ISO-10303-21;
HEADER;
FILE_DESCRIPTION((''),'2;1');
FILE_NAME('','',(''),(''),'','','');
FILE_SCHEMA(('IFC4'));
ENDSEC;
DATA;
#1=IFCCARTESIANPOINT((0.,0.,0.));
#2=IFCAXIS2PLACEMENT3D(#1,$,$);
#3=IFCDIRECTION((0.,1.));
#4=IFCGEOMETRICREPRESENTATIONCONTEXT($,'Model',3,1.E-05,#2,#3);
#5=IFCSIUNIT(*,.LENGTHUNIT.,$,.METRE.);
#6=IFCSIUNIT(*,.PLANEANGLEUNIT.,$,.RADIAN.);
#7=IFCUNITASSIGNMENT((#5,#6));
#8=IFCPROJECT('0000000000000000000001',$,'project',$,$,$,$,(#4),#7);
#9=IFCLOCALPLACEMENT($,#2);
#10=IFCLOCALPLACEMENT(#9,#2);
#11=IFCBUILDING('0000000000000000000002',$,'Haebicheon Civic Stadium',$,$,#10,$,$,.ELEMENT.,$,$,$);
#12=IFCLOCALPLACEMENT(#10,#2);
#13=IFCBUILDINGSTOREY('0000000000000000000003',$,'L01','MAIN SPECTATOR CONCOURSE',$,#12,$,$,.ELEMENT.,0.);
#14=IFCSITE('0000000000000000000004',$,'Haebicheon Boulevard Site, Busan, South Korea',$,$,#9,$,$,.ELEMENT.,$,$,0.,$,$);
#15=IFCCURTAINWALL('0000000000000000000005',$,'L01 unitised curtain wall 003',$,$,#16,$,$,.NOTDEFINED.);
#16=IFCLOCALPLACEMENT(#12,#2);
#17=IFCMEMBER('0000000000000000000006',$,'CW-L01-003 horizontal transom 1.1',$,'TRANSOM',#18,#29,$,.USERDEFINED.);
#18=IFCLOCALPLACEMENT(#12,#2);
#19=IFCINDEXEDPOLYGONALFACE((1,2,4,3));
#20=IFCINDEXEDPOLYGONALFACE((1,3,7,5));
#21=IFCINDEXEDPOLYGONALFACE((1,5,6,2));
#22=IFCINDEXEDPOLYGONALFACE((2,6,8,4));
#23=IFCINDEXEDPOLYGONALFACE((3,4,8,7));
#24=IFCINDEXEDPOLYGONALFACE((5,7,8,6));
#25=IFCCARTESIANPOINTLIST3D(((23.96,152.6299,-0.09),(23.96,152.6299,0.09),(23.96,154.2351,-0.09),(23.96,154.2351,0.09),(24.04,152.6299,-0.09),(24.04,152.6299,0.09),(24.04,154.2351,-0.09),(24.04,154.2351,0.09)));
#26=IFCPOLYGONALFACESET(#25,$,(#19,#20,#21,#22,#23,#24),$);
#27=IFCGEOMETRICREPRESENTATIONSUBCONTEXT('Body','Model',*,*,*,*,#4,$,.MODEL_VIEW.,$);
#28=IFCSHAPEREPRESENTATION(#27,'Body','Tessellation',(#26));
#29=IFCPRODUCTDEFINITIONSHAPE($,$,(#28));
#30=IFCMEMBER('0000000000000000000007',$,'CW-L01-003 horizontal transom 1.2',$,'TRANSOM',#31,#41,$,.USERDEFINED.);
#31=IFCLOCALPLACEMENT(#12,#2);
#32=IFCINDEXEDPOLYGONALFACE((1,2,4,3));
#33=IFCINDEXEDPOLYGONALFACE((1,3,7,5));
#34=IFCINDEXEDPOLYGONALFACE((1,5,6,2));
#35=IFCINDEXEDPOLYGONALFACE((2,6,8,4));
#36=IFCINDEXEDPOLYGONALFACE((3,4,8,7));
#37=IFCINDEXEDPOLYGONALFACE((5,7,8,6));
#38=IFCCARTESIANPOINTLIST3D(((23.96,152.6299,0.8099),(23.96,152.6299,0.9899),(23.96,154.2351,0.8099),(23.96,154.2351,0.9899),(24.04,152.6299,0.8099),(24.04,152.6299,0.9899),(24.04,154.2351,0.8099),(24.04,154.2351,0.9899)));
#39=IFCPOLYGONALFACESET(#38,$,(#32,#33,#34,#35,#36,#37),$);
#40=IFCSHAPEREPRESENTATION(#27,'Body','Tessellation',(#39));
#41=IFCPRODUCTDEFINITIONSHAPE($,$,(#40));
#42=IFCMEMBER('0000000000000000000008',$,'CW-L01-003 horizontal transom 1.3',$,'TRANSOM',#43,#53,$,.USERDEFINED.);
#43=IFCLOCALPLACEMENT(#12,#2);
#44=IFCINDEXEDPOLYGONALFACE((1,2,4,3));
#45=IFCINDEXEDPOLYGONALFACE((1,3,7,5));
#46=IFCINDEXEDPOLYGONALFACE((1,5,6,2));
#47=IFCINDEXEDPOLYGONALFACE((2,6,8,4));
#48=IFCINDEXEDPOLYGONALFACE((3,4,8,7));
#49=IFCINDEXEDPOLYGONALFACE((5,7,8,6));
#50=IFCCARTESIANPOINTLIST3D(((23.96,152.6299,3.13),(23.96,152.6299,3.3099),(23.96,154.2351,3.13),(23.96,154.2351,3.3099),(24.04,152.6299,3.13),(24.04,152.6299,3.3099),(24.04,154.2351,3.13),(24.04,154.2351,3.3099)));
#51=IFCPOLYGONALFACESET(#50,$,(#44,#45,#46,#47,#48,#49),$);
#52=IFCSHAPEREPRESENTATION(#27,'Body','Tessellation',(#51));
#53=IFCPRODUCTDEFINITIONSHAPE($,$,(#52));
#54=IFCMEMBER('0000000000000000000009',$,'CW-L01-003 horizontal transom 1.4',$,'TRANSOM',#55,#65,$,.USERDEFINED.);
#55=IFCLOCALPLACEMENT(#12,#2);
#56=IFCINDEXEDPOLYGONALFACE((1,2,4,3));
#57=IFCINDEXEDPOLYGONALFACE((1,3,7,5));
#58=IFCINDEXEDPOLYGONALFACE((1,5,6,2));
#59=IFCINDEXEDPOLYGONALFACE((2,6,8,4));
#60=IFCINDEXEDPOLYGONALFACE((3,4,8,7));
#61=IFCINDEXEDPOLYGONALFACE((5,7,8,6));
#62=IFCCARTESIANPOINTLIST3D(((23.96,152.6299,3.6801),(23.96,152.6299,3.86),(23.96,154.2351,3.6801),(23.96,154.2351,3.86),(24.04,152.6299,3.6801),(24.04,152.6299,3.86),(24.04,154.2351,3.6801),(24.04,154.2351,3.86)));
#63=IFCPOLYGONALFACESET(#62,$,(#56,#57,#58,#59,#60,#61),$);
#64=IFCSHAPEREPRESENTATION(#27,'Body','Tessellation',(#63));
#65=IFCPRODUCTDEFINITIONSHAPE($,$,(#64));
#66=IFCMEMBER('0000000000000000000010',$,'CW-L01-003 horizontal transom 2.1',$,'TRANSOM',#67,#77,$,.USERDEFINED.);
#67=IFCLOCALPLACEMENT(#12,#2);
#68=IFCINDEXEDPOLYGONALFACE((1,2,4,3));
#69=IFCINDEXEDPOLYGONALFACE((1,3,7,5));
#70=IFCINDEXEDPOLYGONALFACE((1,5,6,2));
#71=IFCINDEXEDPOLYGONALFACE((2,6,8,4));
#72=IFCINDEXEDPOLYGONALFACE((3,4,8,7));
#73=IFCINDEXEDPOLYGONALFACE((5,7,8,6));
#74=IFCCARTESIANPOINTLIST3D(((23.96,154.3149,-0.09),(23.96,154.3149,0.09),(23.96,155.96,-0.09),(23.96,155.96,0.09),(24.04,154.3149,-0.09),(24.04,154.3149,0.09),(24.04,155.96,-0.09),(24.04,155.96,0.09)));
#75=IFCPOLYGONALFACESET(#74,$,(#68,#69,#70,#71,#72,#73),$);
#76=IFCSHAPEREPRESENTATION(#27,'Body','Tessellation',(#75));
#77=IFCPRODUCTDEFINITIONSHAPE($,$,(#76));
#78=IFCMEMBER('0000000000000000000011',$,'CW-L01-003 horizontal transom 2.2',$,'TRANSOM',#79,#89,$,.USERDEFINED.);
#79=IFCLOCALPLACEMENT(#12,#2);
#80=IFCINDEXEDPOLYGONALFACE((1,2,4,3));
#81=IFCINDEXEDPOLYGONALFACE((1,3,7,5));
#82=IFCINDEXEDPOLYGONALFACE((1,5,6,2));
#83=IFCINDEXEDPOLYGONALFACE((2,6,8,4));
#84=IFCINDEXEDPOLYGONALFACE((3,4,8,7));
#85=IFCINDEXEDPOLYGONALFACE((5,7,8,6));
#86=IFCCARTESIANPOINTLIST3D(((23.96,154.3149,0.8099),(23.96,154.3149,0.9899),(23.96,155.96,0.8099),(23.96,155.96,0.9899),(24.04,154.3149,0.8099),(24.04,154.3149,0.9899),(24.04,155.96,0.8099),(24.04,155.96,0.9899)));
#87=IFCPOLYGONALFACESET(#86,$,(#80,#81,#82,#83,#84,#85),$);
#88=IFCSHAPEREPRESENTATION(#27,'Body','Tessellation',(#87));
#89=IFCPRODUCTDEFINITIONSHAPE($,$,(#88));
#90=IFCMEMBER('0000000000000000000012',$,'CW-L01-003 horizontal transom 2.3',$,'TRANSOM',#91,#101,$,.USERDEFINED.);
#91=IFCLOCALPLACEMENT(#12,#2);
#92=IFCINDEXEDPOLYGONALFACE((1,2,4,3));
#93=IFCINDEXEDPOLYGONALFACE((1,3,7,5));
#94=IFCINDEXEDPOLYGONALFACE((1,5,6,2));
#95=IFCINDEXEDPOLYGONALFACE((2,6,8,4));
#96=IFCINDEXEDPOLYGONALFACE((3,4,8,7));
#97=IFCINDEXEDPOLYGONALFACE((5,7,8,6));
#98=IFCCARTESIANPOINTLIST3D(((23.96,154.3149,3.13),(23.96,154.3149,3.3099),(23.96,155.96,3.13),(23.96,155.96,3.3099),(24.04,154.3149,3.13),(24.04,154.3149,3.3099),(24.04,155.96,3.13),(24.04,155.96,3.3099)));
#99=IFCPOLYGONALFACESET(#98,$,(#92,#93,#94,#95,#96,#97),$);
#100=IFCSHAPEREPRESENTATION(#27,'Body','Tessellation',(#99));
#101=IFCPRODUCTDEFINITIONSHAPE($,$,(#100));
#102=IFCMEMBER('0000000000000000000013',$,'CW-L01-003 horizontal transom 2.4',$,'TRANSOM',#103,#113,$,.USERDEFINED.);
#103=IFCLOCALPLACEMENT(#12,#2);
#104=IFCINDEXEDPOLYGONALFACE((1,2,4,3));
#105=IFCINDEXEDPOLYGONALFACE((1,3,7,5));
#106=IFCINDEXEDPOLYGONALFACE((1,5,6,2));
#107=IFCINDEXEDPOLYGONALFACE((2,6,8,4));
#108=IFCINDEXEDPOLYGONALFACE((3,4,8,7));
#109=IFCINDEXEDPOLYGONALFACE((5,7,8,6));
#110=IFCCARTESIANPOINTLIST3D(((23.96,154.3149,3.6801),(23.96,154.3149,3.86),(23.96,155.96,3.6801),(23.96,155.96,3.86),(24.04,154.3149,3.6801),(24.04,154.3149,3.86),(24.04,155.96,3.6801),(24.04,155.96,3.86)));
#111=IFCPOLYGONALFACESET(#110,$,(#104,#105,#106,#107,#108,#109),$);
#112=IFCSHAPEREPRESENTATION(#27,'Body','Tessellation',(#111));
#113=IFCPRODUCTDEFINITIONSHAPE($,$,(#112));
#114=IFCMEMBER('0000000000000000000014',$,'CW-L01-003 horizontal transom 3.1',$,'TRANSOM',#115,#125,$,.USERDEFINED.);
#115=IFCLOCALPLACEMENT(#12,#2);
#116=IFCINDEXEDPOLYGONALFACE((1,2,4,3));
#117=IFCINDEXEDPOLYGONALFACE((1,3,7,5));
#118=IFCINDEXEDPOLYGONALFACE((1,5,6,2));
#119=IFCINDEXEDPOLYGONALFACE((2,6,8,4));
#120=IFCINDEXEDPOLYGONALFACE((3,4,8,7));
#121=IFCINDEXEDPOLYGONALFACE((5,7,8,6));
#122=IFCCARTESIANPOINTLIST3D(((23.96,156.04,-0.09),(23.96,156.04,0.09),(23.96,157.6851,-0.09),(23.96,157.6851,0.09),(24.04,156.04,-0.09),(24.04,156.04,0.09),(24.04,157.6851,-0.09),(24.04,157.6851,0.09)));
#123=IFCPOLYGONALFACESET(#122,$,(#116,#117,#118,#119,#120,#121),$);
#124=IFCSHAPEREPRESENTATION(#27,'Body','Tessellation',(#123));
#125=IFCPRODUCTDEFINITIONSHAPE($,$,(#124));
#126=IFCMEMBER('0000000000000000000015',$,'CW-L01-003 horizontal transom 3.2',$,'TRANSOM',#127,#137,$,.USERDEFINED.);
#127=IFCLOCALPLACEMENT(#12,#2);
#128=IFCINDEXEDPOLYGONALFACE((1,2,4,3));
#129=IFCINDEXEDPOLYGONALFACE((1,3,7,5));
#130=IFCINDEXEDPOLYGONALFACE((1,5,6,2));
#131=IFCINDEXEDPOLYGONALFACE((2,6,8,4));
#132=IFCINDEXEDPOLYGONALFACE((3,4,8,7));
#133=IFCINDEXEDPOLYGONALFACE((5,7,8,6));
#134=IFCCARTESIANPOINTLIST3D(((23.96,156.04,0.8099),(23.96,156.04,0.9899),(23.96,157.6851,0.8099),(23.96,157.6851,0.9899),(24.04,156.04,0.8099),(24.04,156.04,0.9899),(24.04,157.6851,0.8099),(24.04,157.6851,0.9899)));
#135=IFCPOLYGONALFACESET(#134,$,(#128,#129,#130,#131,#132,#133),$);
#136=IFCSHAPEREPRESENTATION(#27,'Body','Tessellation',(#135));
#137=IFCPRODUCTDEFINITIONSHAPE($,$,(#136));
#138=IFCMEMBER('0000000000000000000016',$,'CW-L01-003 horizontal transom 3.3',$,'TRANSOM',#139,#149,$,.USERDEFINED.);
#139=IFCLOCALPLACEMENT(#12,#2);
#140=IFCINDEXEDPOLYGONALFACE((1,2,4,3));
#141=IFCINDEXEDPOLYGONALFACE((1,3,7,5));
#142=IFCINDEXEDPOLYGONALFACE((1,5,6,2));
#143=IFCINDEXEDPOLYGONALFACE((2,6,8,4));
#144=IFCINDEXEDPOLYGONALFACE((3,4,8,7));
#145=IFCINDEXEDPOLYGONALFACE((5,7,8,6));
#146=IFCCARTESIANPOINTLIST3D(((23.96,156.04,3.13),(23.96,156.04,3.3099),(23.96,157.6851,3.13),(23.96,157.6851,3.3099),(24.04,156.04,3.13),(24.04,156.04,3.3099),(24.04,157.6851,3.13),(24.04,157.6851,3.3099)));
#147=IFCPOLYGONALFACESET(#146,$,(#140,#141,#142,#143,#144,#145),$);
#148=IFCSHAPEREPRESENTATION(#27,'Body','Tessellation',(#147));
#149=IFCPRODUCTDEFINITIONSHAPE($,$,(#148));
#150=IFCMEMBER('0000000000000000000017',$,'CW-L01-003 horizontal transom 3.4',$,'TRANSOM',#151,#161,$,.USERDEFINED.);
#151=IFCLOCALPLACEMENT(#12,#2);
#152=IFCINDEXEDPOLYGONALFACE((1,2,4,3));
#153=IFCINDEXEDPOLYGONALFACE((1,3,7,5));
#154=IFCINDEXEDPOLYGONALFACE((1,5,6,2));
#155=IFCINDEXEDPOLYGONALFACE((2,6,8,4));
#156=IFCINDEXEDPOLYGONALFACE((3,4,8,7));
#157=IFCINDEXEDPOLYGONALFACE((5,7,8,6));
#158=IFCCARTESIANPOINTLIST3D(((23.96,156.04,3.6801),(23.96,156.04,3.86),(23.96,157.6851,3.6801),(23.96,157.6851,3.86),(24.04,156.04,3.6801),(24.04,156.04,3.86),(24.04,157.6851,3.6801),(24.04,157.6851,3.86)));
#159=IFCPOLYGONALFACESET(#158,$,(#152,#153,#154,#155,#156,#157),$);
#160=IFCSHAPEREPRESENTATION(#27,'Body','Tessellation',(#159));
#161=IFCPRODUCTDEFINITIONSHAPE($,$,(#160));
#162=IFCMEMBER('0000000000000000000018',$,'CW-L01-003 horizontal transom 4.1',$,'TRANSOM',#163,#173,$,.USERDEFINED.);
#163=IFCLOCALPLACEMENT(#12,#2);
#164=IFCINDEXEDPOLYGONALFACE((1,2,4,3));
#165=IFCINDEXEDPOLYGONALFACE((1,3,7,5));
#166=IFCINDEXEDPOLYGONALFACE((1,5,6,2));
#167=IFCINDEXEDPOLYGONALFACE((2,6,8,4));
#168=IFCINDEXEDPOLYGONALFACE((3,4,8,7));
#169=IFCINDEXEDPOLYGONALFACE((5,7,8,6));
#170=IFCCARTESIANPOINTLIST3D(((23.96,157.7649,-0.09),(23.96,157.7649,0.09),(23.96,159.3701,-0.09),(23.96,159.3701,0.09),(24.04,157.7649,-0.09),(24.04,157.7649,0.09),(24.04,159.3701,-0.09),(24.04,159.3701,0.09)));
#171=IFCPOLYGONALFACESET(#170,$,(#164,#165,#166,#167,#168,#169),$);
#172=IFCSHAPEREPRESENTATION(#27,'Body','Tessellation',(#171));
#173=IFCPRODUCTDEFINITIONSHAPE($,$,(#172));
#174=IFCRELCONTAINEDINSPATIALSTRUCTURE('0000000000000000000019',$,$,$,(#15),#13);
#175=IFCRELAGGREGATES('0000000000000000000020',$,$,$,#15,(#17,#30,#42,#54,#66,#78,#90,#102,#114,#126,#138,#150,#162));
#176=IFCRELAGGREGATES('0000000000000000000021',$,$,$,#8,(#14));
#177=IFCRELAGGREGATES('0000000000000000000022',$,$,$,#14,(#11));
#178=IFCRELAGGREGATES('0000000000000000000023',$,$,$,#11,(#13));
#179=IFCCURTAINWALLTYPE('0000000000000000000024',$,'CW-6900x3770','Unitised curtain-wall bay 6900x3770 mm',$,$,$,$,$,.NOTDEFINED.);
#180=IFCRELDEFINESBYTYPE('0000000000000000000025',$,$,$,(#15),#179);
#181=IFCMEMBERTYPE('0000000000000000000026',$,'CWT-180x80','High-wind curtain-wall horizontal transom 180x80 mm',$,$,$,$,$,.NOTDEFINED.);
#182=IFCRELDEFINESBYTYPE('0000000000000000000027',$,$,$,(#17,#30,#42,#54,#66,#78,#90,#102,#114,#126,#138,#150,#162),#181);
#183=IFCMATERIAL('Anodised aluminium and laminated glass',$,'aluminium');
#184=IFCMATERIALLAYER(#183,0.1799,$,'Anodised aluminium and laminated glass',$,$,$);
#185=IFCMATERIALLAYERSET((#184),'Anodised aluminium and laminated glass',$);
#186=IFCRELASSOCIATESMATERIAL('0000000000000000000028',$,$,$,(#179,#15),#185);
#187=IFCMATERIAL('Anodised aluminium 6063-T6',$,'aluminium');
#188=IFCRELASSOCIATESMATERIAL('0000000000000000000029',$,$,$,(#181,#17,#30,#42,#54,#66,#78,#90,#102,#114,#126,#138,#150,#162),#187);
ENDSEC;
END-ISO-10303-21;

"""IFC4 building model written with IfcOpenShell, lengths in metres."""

from ifc_helpers import new_model, si_unit, direction, frame, origin, origin_2d, place, context, subcontext, project, spatial, rectangle, extrude, material, layer, layer_set, material_profile, profile_set, type_object, element, aggregate, save


model = new_model("IFC4")

# Units and contexts
model_context = context("Model", 3, precision=1e-05, world=origin(), true_north=direction((0.0, 1.0)))
body_context = subcontext(model_context, "Body", "Model", "MODEL_VIEW")
ifc_project = project(units=[si_unit("LENGTHUNIT", "METRE"), si_unit("PLANEANGLEUNIT", "RADIAN")], contexts=[model_context])

# Site, building, storey
site_placement = place(None, origin())
site = spatial("IfcSite", under=ifc_project, at=site_placement, Name="Haebicheon Boulevard Site, Busan, South Korea", CompositionType="ELEMENT", RefElevation=0.0)
building_placement = place(site_placement, origin())
building = spatial("IfcBuilding", under=site, at=building_placement, Name="Haebicheon Civic Stadium", CompositionType="ELEMENT")
storey_placement = place(building_placement, origin())
storey = spatial("IfcBuildingStorey", under=building, at=storey_placement, Name="L01", Description="MAIN SPECTATOR CONCOURSE", CompositionType="ELEMENT", Elevation=0.0)

# Curtain wall, members
ifc_material_1 = material(Name="Anodised aluminium and laminated glass", Category="aluminium")
ifc_layer_1 = layer(ifc_material_1, 0.1799, Name="Anodised aluminium and laminated glass")
ifc_layer_set_1 = layer_set([ifc_layer_1], Name="Anodised aluminium and laminated glass")
curtain_wall_type = type_object("IfcCurtainWallType", Name="CW-6900x3770", Description="Unitised curtain-wall bay 6900x3770 mm", PredefinedType="NOTDEFINED", material=ifc_layer_set_1)
curtain_wall_placement = place(storey_placement, origin())
curtain_wall = element("IfcCurtainWall", 1, at=curtain_wall_placement, inside=storey, type_object=curtain_wall_type, material=ifc_layer_set_1, Name="L01 unitised curtain wall 003", PredefinedType="NOTDEFINED")
ifc_material_2 = material(Name="Anodised aluminium 6063-T6", Category="aluminium")
ifc_material_profile_1 = material_profile(ifc_material_2, rectangle(XDim=0.0801, YDim=0.1799, at=origin_2d()), Name="ALU-TRAN-80x180")
ifc_profile_set_1 = profile_set([ifc_material_profile_1], Name="Anodised aluminium 6063-T6")
member_type_1 = type_object("IfcMemberType", Name="CWT-180x80", Description="High-wind curtain-wall horizontal transom 180x80 mm", PredefinedType="NOTDEFINED", material=ifc_profile_set_1)
member_1_placement = place(storey_placement, frame((24.0, 152.6299, 0.0), z_axis=(0.0, 1.0, 0.0), x_axis=(-1.0, 0.0, 0.0)))
member_1 = element("IfcMember", 2, at=member_1_placement, type_object=member_type_1, material=ifc_profile_set_1, Name="CW-L01-003 horizontal transom 1.1", ObjectType="TRANSOM", PredefinedType="USERDEFINED", context=body_context, shape_type="SweptSolid", body=[
    extrude(rectangle(XDim=0.0801, YDim=0.1799, at=origin_2d()), origin(), (0.0, 0.0, 1.0), 1.6052),
])
member_2_placement = place(storey_placement, frame((24.0, 152.6299, 0.8999), z_axis=(0.0, 1.0, 0.0), x_axis=(-1.0, 0.0, 0.0)))
member_2 = element("IfcMember", 3, at=member_2_placement, type_object=member_type_1, material=ifc_profile_set_1, Name="CW-L01-003 horizontal transom 1.2", ObjectType="TRANSOM", PredefinedType="USERDEFINED", context=body_context, shape_type="SweptSolid", body=[
    extrude(rectangle(XDim=0.0801, YDim=0.1799, at=origin_2d()), origin(), (0.0, 0.0, 1.0), 1.6052),
])
member_3_placement = place(storey_placement, frame((24.0, 152.6299, 3.22), z_axis=(0.0, 1.0, 0.0), x_axis=(-1.0, 0.0, 0.0)))
member_3 = element("IfcMember", 4, at=member_3_placement, type_object=member_type_1, material=ifc_profile_set_1, Name="CW-L01-003 horizontal transom 1.3", ObjectType="TRANSOM", PredefinedType="USERDEFINED", context=body_context, shape_type="SweptSolid", body=[
    extrude(rectangle(XDim=0.0801, YDim=0.1799, at=origin_2d()), origin(), (0.0, 0.0, 1.0), 1.6052),
])
member_4_placement = place(storey_placement, frame((24.0, 152.6299, 3.77), z_axis=(0.0, 1.0, 0.0), x_axis=(-1.0, 0.0, 0.0)))
member_4 = element("IfcMember", 5, at=member_4_placement, type_object=member_type_1, material=ifc_profile_set_1, Name="CW-L01-003 horizontal transom 1.4", ObjectType="TRANSOM", PredefinedType="USERDEFINED", context=body_context, shape_type="SweptSolid", body=[
    extrude(rectangle(XDim=0.0801, YDim=0.1799, at=origin_2d()), origin(), (0.0, 0.0, 1.0), 1.6052),
])
member_5_placement = place(storey_placement, frame((24.0, 154.3149, 0.0), z_axis=(0.0, 1.0, 0.0), x_axis=(-1.0, 0.0, 0.0)))
member_5 = element("IfcMember", 6, at=member_5_placement, type_object=member_type_1, material=ifc_profile_set_1, Name="CW-L01-003 horizontal transom 2.1", ObjectType="TRANSOM", PredefinedType="USERDEFINED", context=body_context, shape_type="SweptSolid", body=[
    extrude(rectangle(XDim=0.0801, YDim=0.1799, at=origin_2d()), origin(), (0.0, 0.0, 1.0), 1.645),
])
member_6_placement = place(storey_placement, frame((24.0, 154.3149, 0.8999), z_axis=(0.0, 1.0, 0.0), x_axis=(-1.0, 0.0, 0.0)))
member_6 = element("IfcMember", 7, at=member_6_placement, type_object=member_type_1, material=ifc_profile_set_1, Name="CW-L01-003 horizontal transom 2.2", ObjectType="TRANSOM", PredefinedType="USERDEFINED", context=body_context, shape_type="SweptSolid", body=[
    extrude(rectangle(XDim=0.0801, YDim=0.1799, at=origin_2d()), origin(), (0.0, 0.0, 1.0), 1.645),
])
member_7_placement = place(storey_placement, frame((24.0, 154.3149, 3.22), z_axis=(0.0, 1.0, 0.0), x_axis=(-1.0, 0.0, 0.0)))
member_7 = element("IfcMember", 8, at=member_7_placement, type_object=member_type_1, material=ifc_profile_set_1, Name="CW-L01-003 horizontal transom 2.3", ObjectType="TRANSOM", PredefinedType="USERDEFINED", context=body_context, shape_type="SweptSolid", body=[
    extrude(rectangle(XDim=0.0801, YDim=0.1799, at=origin_2d()), origin(), (0.0, 0.0, 1.0), 1.645),
])
member_8_placement = place(storey_placement, frame((24.0, 154.3149, 3.77), z_axis=(0.0, 1.0, 0.0), x_axis=(-1.0, 0.0, 0.0)))
member_8 = element("IfcMember", 9, at=member_8_placement, type_object=member_type_1, material=ifc_profile_set_1, Name="CW-L01-003 horizontal transom 2.4", ObjectType="TRANSOM", PredefinedType="USERDEFINED", context=body_context, shape_type="SweptSolid", body=[
    extrude(rectangle(XDim=0.0801, YDim=0.1799, at=origin_2d()), origin(), (0.0, 0.0, 1.0), 1.645),
])
member_9_placement = place(storey_placement, frame((24.0, 156.04, 0.0), z_axis=(0.0, 1.0, 0.0), x_axis=(-1.0, 0.0, 0.0)))
member_9 = element("IfcMember", 10, at=member_9_placement, type_object=member_type_1, material=ifc_profile_set_1, Name="CW-L01-003 horizontal transom 3.1", ObjectType="TRANSOM", PredefinedType="USERDEFINED", context=body_context, shape_type="SweptSolid", body=[
    extrude(rectangle(XDim=0.0801, YDim=0.1799, at=origin_2d()), origin(), (0.0, 0.0, 1.0), 1.645),
])
member_10_placement = place(storey_placement, frame((24.0, 156.04, 0.8999), z_axis=(0.0, 1.0, 0.0), x_axis=(-1.0, 0.0, 0.0)))
member_10 = element("IfcMember", 11, at=member_10_placement, type_object=member_type_1, material=ifc_profile_set_1, Name="CW-L01-003 horizontal transom 3.2", ObjectType="TRANSOM", PredefinedType="USERDEFINED", context=body_context, shape_type="SweptSolid", body=[
    extrude(rectangle(XDim=0.0801, YDim=0.1799, at=origin_2d()), origin(), (0.0, 0.0, 1.0), 1.645),
])
member_11_placement = place(storey_placement, frame((24.0, 156.04, 3.22), z_axis=(0.0, 1.0, 0.0), x_axis=(-1.0, 0.0, 0.0)))
member_11 = element("IfcMember", 12, at=member_11_placement, type_object=member_type_1, material=ifc_profile_set_1, Name="CW-L01-003 horizontal transom 3.3", ObjectType="TRANSOM", PredefinedType="USERDEFINED", context=body_context, shape_type="SweptSolid", body=[
    extrude(rectangle(XDim=0.0801, YDim=0.1799, at=origin_2d()), origin(), (0.0, 0.0, 1.0), 1.645),
])
member_12_placement = place(storey_placement, frame((24.0, 156.04, 3.77), z_axis=(0.0, 1.0, 0.0), x_axis=(-1.0, 0.0, 0.0)))
member_12 = element("IfcMember", 13, at=member_12_placement, type_object=member_type_1, material=ifc_profile_set_1, Name="CW-L01-003 horizontal transom 3.4", ObjectType="TRANSOM", PredefinedType="USERDEFINED", context=body_context, shape_type="SweptSolid", body=[
    extrude(rectangle(XDim=0.0801, YDim=0.1799, at=origin_2d()), origin(), (0.0, 0.0, 1.0), 1.645),
])
member_13_placement = place(storey_placement, frame((24.0, 157.7649, 0.0), z_axis=(0.0, 1.0, 0.0), x_axis=(-1.0, 0.0, 0.0)))
member_13 = element("IfcMember", 14, at=member_13_placement, type_object=member_type_1, material=ifc_profile_set_1, Name="CW-L01-003 horizontal transom 4.1", ObjectType="TRANSOM", PredefinedType="USERDEFINED", context=body_context, shape_type="SweptSolid", body=[
    extrude(rectangle(XDim=0.0801, YDim=0.1799, at=origin_2d()), origin(), (0.0, 0.0, 1.0), 1.6052),
])

aggregate(curtain_wall, [member_1, member_2, member_3, member_4, member_5, member_6, member_7, member_8, member_9, member_10, member_11, member_12, member_13])

save(model, "model.ifc")
